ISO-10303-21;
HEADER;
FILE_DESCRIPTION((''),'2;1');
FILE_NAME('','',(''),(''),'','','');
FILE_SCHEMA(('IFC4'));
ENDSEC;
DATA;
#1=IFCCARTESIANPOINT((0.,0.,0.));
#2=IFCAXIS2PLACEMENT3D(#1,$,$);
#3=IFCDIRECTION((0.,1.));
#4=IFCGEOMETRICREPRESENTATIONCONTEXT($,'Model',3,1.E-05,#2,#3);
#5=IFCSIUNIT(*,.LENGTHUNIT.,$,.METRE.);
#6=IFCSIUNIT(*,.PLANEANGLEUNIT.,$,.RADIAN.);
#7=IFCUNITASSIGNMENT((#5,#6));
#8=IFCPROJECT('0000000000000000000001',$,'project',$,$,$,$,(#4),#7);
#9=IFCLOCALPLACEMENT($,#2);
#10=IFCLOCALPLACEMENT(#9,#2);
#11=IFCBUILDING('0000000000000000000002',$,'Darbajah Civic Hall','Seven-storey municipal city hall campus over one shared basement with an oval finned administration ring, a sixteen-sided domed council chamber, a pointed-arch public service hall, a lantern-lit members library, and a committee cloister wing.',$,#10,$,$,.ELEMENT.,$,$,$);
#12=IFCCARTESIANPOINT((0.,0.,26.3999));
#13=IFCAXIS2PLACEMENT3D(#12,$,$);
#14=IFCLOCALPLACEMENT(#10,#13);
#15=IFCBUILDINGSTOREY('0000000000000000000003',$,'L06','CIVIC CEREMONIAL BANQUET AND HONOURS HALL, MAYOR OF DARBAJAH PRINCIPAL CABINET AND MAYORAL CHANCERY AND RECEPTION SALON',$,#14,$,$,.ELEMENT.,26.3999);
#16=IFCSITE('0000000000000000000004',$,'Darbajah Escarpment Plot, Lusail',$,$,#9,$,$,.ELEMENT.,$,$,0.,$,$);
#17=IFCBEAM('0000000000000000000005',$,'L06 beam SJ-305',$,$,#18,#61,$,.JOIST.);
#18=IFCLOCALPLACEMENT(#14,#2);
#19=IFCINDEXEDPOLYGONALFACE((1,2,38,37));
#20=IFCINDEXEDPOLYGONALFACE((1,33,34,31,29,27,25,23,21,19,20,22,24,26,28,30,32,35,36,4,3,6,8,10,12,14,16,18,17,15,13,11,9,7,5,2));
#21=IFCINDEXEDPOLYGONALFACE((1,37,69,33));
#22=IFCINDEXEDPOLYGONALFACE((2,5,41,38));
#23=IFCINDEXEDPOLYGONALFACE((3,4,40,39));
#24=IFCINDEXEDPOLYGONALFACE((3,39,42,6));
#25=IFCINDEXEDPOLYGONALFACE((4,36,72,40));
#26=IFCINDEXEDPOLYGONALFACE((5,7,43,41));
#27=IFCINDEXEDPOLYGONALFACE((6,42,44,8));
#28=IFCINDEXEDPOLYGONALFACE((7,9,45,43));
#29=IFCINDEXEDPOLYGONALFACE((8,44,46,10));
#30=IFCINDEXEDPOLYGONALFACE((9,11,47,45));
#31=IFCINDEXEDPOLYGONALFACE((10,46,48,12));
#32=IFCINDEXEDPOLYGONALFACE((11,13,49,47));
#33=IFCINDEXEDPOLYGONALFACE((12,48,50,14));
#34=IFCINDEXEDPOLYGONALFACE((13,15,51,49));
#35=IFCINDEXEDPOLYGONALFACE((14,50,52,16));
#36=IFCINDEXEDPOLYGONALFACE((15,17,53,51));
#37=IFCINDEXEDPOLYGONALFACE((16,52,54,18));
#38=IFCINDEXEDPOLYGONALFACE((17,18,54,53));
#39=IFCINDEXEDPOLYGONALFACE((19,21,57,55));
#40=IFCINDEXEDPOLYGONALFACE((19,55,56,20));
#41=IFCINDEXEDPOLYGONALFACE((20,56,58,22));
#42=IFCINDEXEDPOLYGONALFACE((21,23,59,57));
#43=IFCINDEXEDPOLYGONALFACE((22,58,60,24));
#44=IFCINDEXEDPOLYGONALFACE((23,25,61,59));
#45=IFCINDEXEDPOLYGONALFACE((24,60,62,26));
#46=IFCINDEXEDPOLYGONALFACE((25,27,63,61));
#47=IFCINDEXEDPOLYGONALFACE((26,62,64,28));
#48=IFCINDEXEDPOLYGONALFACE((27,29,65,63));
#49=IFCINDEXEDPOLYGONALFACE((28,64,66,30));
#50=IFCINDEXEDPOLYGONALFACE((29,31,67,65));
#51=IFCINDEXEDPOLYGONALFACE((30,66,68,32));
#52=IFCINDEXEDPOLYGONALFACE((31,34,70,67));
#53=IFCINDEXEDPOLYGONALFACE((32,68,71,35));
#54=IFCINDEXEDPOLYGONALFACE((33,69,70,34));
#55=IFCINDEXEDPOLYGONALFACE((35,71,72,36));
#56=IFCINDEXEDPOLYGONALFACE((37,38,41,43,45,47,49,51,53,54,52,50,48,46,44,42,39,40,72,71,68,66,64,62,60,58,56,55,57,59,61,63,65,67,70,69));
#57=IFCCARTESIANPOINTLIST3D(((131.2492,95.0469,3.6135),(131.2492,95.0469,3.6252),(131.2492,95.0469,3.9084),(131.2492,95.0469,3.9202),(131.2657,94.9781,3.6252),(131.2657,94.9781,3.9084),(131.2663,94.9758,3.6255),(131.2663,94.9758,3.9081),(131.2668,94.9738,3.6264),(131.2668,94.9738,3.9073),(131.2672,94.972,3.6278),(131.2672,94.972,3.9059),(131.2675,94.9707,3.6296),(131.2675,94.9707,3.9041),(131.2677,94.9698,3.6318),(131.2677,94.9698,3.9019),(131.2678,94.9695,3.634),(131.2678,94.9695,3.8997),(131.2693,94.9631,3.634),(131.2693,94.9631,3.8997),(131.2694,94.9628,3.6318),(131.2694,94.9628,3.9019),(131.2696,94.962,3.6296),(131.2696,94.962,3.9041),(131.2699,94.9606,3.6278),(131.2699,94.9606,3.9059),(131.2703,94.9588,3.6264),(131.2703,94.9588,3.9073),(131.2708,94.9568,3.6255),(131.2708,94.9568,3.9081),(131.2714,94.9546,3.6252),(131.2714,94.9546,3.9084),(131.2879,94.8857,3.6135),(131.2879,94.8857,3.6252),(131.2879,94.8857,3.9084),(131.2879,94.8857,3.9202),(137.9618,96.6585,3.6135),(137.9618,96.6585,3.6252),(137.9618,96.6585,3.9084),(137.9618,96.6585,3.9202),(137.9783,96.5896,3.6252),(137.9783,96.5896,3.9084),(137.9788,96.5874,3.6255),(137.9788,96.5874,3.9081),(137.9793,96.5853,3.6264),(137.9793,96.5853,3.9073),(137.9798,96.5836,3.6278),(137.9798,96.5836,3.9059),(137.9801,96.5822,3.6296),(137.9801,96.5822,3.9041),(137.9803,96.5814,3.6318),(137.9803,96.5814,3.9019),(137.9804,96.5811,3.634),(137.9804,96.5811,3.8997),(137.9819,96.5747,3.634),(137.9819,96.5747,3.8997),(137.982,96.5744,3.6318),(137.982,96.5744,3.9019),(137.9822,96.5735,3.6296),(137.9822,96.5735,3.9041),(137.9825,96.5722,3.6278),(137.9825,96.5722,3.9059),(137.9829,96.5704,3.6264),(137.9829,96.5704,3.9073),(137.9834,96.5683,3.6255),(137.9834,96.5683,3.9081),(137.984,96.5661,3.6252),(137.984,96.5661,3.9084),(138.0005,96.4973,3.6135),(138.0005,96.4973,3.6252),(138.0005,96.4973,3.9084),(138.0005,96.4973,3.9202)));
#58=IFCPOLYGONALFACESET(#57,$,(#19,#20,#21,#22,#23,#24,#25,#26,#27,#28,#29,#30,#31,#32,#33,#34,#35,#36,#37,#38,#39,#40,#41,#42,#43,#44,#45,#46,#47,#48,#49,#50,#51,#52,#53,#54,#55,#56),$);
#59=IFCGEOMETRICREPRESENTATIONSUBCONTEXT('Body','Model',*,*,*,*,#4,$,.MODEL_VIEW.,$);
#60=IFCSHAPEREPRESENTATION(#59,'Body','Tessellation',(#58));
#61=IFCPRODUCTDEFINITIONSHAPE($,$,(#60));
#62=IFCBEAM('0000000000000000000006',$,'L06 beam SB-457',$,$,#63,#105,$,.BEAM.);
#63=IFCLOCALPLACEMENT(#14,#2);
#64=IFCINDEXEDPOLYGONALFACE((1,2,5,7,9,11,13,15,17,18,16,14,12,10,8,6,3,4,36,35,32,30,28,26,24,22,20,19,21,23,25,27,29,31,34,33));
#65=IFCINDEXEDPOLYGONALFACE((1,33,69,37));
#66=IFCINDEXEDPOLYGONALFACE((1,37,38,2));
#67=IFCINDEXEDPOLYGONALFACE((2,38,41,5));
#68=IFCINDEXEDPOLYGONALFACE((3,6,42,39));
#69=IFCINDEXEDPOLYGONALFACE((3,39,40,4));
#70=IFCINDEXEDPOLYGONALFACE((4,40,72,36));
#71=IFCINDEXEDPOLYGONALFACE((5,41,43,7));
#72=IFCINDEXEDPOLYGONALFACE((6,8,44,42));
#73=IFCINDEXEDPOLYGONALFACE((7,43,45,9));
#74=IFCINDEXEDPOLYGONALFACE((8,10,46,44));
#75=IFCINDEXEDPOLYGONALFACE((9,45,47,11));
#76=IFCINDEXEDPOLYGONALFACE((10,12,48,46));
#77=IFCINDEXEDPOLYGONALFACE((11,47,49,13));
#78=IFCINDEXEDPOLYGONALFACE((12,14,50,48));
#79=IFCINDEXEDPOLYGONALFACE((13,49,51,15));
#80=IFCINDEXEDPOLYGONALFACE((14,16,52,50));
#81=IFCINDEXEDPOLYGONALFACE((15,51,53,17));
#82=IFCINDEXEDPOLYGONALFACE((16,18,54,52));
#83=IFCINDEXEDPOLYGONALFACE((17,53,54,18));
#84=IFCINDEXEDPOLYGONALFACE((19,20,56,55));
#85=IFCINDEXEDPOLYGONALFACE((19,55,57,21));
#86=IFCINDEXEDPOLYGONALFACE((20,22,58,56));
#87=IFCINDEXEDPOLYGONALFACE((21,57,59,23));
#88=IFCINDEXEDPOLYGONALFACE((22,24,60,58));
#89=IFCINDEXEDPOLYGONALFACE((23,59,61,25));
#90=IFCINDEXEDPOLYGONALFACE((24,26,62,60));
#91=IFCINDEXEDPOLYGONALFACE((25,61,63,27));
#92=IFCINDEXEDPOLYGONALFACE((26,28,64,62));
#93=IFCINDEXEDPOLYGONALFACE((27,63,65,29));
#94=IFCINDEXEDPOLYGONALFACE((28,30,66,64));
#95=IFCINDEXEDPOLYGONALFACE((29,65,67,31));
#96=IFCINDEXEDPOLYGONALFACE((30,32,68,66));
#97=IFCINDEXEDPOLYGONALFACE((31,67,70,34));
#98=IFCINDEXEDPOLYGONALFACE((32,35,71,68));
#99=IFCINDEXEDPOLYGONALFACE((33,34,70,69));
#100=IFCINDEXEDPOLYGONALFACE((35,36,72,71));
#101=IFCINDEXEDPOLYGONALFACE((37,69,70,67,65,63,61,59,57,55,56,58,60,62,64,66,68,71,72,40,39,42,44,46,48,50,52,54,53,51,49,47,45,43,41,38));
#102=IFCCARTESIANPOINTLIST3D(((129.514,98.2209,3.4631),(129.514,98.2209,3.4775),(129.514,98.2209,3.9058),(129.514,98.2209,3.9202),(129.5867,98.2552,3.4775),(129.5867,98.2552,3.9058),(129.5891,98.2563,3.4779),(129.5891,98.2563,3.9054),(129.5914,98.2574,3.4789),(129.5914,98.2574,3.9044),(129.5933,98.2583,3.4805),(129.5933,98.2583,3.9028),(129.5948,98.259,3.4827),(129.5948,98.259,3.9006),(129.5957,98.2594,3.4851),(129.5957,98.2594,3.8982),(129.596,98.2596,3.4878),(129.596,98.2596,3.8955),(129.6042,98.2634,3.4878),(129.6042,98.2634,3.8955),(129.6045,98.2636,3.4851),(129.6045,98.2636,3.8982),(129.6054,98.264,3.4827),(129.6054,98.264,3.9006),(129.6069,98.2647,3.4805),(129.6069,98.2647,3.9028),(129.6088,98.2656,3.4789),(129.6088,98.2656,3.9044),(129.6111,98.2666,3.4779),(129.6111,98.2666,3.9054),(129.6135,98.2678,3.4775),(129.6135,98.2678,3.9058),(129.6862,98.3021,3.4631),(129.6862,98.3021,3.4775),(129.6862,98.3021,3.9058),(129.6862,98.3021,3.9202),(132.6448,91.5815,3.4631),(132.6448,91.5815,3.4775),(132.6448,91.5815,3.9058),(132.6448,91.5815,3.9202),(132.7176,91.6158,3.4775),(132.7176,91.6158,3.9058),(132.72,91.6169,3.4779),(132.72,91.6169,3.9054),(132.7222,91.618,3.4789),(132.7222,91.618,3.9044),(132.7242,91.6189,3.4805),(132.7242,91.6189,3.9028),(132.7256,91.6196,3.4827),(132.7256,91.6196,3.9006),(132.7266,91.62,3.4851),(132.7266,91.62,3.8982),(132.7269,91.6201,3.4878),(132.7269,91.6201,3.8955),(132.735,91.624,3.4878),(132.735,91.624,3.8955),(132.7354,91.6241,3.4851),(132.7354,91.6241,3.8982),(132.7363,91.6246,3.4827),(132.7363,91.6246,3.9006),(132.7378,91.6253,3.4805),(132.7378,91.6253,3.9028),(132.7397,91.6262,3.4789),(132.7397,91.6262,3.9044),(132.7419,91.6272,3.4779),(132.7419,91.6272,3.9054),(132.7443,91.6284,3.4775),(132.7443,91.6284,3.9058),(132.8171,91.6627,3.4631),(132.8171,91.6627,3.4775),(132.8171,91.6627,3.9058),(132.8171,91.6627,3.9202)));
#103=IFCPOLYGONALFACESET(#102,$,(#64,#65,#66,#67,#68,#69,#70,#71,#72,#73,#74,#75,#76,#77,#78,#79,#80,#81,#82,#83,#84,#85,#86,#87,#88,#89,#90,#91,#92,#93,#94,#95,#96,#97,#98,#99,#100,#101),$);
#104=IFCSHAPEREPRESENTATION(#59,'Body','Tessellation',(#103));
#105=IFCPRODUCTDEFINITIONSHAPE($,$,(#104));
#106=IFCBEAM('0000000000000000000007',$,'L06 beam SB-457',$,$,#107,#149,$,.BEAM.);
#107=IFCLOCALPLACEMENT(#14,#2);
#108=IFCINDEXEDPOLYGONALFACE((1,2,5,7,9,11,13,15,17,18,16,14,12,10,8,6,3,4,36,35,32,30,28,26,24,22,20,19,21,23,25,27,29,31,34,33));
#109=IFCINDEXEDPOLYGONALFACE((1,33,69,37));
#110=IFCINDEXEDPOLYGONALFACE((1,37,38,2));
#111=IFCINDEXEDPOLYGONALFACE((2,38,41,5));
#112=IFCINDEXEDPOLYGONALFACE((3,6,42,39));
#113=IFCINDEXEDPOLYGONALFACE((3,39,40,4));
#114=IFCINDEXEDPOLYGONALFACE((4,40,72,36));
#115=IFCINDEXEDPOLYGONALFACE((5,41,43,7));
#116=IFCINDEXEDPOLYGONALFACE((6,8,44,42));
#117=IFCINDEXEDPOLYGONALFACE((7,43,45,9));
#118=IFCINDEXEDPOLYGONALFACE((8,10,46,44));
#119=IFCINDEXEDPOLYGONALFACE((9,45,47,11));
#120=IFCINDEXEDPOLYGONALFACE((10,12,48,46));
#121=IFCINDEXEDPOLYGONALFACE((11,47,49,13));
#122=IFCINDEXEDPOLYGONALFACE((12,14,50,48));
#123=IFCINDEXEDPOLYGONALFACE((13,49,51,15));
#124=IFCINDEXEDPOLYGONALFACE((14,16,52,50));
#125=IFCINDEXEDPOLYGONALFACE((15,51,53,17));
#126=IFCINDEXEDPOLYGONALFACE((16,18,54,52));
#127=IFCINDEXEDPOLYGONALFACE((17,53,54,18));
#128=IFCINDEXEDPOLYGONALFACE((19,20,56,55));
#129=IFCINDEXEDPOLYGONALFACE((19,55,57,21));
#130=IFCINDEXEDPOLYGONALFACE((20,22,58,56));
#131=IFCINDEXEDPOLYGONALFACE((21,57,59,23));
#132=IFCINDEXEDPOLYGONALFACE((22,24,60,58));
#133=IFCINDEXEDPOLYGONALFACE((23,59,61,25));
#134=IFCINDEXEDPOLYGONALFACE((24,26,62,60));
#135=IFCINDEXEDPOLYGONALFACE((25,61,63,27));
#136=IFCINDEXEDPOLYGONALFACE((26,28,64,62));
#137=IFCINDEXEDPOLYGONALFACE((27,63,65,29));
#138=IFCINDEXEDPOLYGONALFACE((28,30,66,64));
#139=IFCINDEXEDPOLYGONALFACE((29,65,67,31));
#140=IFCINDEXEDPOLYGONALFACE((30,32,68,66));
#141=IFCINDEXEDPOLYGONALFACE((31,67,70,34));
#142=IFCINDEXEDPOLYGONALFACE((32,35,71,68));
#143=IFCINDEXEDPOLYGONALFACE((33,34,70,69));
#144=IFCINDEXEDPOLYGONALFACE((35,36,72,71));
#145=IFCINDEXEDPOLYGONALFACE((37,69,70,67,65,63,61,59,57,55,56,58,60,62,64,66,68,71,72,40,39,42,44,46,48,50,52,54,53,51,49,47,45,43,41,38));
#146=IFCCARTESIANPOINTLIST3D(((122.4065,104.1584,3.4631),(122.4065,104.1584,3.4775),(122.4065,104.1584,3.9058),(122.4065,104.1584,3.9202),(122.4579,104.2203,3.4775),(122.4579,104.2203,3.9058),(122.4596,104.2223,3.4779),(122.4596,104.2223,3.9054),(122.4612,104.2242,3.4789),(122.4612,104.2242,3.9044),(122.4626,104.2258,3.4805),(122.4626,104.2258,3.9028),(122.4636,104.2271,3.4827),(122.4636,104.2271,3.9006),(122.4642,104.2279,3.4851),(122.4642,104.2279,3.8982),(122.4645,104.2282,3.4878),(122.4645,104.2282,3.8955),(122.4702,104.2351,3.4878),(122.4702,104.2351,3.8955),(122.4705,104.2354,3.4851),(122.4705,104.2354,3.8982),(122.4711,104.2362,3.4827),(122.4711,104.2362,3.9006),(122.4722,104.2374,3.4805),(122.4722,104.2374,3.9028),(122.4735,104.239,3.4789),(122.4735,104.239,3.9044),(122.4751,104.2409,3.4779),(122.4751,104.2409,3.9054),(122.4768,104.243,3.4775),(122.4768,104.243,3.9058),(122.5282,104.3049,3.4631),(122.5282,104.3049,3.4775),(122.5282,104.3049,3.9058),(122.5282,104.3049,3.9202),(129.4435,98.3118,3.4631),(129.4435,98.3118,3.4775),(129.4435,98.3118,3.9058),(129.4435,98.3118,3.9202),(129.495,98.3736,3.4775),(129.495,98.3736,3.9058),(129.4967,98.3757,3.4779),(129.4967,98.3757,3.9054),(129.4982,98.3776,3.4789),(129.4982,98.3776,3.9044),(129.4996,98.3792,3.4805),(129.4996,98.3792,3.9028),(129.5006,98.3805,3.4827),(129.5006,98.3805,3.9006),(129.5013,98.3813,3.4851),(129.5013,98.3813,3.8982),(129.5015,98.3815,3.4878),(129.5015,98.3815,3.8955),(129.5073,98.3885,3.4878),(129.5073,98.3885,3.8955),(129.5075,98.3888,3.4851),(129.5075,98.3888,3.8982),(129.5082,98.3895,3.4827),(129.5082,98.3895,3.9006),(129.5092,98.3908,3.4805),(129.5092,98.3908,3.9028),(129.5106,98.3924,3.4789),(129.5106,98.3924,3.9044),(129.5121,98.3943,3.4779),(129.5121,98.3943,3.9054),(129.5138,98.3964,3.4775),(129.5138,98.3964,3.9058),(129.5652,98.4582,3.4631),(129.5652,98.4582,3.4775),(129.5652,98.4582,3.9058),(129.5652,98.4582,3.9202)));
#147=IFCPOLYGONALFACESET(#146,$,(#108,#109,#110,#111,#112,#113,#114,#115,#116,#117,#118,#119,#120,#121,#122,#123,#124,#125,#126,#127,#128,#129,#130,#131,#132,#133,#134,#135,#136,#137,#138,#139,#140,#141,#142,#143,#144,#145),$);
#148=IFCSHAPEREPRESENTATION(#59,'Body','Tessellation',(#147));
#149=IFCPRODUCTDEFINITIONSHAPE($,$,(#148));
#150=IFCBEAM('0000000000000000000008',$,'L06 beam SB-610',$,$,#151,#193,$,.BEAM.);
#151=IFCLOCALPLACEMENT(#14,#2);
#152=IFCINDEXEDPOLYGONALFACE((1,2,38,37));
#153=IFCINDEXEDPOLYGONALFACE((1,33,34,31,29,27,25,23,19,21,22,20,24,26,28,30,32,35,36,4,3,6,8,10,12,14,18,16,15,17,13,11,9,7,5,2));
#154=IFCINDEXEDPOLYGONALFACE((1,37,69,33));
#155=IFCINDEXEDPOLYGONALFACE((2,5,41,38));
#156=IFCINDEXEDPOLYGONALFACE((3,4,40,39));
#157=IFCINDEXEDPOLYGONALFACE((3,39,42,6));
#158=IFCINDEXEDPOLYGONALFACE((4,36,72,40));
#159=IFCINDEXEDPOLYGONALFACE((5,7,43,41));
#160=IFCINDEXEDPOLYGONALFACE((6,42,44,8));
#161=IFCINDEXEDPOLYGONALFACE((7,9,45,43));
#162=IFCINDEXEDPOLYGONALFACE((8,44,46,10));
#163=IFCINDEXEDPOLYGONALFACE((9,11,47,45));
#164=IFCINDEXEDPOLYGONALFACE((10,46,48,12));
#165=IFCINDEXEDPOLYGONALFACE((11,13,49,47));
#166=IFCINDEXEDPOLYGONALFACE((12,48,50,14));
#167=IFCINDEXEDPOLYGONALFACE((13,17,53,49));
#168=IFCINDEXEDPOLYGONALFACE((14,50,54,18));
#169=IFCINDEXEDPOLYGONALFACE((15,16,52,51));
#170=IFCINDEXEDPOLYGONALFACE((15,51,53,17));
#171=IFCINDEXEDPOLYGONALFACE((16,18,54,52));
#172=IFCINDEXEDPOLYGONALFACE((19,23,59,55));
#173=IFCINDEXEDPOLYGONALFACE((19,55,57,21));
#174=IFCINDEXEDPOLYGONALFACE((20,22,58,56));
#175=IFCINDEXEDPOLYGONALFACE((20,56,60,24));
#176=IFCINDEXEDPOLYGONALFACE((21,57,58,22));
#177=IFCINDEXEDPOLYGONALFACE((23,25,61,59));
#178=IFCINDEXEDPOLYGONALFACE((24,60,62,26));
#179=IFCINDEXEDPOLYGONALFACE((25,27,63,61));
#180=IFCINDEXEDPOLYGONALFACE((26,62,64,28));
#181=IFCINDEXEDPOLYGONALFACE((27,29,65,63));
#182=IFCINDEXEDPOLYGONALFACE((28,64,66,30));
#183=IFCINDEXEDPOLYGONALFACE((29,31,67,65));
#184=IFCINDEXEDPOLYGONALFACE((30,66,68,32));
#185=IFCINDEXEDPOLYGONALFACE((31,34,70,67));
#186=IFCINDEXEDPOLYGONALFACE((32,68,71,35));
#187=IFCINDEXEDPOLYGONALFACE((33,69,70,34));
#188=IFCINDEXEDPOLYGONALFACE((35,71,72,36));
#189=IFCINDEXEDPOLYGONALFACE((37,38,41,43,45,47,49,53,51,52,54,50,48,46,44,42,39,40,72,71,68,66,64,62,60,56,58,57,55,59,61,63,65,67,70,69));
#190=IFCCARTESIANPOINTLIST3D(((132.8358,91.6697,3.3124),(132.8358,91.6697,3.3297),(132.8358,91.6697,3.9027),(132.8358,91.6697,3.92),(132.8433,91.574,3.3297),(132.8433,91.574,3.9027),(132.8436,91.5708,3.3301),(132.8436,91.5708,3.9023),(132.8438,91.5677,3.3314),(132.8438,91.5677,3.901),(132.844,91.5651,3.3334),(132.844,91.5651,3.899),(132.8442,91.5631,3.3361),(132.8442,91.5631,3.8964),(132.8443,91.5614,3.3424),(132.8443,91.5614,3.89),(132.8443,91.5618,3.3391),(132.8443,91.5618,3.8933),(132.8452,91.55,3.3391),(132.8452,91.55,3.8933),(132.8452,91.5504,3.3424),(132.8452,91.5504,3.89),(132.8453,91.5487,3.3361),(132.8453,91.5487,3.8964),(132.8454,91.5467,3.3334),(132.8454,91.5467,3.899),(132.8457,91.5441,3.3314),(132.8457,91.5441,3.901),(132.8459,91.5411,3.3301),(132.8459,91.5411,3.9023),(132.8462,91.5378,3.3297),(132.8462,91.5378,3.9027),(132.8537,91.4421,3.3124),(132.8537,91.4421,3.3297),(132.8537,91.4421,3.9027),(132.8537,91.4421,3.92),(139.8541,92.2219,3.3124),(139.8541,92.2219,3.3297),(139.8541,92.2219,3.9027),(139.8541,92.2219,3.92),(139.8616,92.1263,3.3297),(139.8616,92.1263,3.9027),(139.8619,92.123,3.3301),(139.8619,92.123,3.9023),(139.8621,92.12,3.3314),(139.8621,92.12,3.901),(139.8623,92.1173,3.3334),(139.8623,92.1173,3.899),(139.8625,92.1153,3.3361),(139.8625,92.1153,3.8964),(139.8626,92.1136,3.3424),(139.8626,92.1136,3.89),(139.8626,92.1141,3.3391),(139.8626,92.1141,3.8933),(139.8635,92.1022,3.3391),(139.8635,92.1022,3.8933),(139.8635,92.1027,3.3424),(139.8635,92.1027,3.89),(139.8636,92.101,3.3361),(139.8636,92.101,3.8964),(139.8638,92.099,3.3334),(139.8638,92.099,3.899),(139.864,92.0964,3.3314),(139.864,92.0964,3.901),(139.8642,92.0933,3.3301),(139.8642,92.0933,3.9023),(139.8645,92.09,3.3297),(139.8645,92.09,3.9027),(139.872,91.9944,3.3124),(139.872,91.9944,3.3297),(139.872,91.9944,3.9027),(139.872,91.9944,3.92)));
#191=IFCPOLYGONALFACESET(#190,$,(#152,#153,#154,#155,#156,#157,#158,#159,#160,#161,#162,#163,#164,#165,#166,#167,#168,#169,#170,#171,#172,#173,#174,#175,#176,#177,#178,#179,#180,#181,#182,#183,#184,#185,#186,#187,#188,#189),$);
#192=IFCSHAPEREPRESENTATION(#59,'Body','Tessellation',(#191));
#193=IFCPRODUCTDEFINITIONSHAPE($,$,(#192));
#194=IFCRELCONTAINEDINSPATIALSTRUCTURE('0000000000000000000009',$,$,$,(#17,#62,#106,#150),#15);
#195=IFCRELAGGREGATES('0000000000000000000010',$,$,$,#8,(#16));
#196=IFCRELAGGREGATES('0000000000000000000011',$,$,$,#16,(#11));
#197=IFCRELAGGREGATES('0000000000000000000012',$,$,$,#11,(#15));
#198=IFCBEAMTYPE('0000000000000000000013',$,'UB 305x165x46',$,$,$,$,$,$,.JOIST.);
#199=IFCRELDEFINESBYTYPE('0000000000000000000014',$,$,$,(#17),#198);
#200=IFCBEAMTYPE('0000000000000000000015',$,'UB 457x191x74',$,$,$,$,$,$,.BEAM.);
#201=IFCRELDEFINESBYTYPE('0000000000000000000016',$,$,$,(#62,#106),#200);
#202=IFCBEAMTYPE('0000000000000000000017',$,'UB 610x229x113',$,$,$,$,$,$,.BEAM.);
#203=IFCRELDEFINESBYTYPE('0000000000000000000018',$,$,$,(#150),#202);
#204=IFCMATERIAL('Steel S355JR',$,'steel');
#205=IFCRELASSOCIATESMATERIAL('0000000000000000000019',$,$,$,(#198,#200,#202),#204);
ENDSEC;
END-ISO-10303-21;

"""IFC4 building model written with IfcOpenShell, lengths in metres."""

from ifc_helpers import new_model, si_unit, direction, frame, origin, origin_2d, place, context, subcontext, project, spatial, i_section, extrude, material, material_profile, profile_set, type_object, element, save


model = new_model("IFC4")

# Units and contexts
model_context = context("Model", 3, precision=1e-05, world=origin(), true_north=direction((0.0, 1.0)))
body_context = subcontext(model_context, "Body", "Model", "MODEL_VIEW")
ifc_project = project(units=[si_unit("LENGTHUNIT", "METRE"), si_unit("PLANEANGLEUNIT", "RADIAN")], contexts=[model_context])

# Site, building, storey
site_placement = place(None, origin())
site = spatial("IfcSite", under=ifc_project, at=site_placement, Name="Darbajah Escarpment Plot, Lusail", CompositionType="ELEMENT", RefElevation=0.0)
building_placement = place(site_placement, origin())
building = spatial("IfcBuilding", under=site, at=building_placement, Name="Darbajah Civic Hall", Description="Seven-storey municipal city hall campus over one shared basement with an oval finned administration ring, a sixteen-sided domed council chamber, a pointed-arch public service hall, a lantern-lit members library, and a committee cloister wing.", CompositionType="ELEMENT")
storey_placement = place(building_placement, frame((0.0, 0.0, 26.3999)))
storey = spatial("IfcBuildingStorey", under=building, at=storey_placement, Name="L06", Description="CIVIC CEREMONIAL BANQUET AND HONOURS HALL, MAYOR OF DARBAJAH PRINCIPAL CABINET AND MAYORAL CHANCERY AND RECEPTION SALON", CompositionType="ELEMENT", Elevation=26.3999)

# Beams
ifc_material_1 = material(Name="Steel S355JR", Category="steel")
ifc_material_profile_1 = material_profile(ifc_material_1, i_section(OverallWidth=0.1658, OverallDepth=0.3066, WebThickness=0.0066, FlangeThickness=0.0117, FilletRadius=0.0088, at=origin_2d()), Name="UB 305x165x46")
ifc_profile_set_1 = profile_set([ifc_material_profile_1], Name="Steel S355JR")
beam_type_1 = type_object("IfcBeamType", Name="UB 305x165x46", PredefinedType="JOIST", material=ifc_profile_set_1)
beam_1_placement = place(storey_placement, frame((131.2686, 94.9663, 3.7668), z_axis=(0.97237, 0.233447, 0.0), x_axis=(-0.233447, 0.97237, 0.0)))
element("IfcBeam", 1, at=beam_1_placement, inside=storey, type_object=beam_type_1, Name="L06 beam SJ-305", PredefinedType="JOIST", context=body_context, shape_type="SweptSolid", body=[
    extrude(i_section(OverallWidth=0.1658, OverallDepth=0.3066, WebThickness=0.0066, FlangeThickness=0.0117, FilletRadius=0.0088, at=origin_2d()), origin(), (0.0, 0.0, 1.0), 6.9033),
])
ifc_material_profile_2 = material_profile(ifc_material_1, i_section(OverallWidth=0.1904, OverallDepth=0.457, WebThickness=0.009, FlangeThickness=0.0144, FilletRadius=0.0103, at=origin_2d()), Name="UB 457x191x74")
ifc_profile_set_2 = profile_set([ifc_material_profile_2], Name="Steel S355JR")
beam_type_2 = type_object("IfcBeamType", Name="UB 457x191x74", PredefinedType="BEAM", material=ifc_profile_set_2)
beam_2_placement = place(storey_placement, frame((132.731, 91.6221, 3.6917), z_axis=(-0.426514, 0.904481, 0.0), x_axis=(-0.904481, -0.426514, 0.0)))
element("IfcBeam", 2, at=beam_2_placement, inside=storey, type_object=beam_type_2, Name="L06 beam SB-457", PredefinedType="BEAM", context=body_context, shape_type="SweptSolid", body=[
    extrude(i_section(OverallWidth=0.1904, OverallDepth=0.457, WebThickness=0.009, FlangeThickness=0.0144, FilletRadius=0.0103, at=origin_2d()), origin(), (0.0, 0.0, 1.0), 7.3406),
])
beam_3_placement = place(storey_placement, frame((129.5044, 98.385, 3.6917), z_axis=(-0.769165, 0.63905, 0.0), x_axis=(-0.63905, -0.769165, 0.0)))
element("IfcBeam", 3, at=beam_3_placement, inside=storey, type_object=beam_type_2, Name="L06 beam SB-457", PredefinedType="BEAM", context=body_context, shape_type="SweptSolid", body=[
    extrude(i_section(OverallWidth=0.1904, OverallDepth=0.457, WebThickness=0.009, FlangeThickness=0.0144, FilletRadius=0.0103, at=origin_2d()), origin(), (0.0, 0.0, 1.0), 9.1489),
])
ifc_material_profile_3 = material_profile(ifc_material_1, i_section(OverallWidth=0.2283, OverallDepth=0.6077, WebThickness=0.011, FlangeThickness=0.0173, FilletRadius=0.0127, at=origin_2d()), Name="UB 610x229x113")
ifc_profile_set_3 = profile_set([ifc_material_profile_3], Name="Steel S355JR")
beam_type_3 = type_object("IfcBeamType", Name="UB 610x229x113", PredefinedType="BEAM", material=ifc_profile_set_3)
for number, where, z_axis, x_axis, name in (
    (4, (132.8447, 91.5559, 3.6162), (0.996919, 0.078444, 0.0), (-0.078444, 0.996919, 0.0), "L06 beam SB-610"),
):
    element("IfcBeam", number, at=place(storey_placement, frame(where, z_axis=z_axis, x_axis=x_axis)), inside=storey, type_object=beam_type_3, Name=name, PredefinedType="BEAM", context=body_context, shape_type="SweptSolid", body=[
        extrude(i_section(OverallWidth=0.2283, OverallDepth=0.6077, WebThickness=0.011, FlangeThickness=0.0173, FilletRadius=0.0127, at=origin_2d()), origin(), (0.0, 0.0, 1.0), 7.04),
    ])

save(model, "model.ifc")
